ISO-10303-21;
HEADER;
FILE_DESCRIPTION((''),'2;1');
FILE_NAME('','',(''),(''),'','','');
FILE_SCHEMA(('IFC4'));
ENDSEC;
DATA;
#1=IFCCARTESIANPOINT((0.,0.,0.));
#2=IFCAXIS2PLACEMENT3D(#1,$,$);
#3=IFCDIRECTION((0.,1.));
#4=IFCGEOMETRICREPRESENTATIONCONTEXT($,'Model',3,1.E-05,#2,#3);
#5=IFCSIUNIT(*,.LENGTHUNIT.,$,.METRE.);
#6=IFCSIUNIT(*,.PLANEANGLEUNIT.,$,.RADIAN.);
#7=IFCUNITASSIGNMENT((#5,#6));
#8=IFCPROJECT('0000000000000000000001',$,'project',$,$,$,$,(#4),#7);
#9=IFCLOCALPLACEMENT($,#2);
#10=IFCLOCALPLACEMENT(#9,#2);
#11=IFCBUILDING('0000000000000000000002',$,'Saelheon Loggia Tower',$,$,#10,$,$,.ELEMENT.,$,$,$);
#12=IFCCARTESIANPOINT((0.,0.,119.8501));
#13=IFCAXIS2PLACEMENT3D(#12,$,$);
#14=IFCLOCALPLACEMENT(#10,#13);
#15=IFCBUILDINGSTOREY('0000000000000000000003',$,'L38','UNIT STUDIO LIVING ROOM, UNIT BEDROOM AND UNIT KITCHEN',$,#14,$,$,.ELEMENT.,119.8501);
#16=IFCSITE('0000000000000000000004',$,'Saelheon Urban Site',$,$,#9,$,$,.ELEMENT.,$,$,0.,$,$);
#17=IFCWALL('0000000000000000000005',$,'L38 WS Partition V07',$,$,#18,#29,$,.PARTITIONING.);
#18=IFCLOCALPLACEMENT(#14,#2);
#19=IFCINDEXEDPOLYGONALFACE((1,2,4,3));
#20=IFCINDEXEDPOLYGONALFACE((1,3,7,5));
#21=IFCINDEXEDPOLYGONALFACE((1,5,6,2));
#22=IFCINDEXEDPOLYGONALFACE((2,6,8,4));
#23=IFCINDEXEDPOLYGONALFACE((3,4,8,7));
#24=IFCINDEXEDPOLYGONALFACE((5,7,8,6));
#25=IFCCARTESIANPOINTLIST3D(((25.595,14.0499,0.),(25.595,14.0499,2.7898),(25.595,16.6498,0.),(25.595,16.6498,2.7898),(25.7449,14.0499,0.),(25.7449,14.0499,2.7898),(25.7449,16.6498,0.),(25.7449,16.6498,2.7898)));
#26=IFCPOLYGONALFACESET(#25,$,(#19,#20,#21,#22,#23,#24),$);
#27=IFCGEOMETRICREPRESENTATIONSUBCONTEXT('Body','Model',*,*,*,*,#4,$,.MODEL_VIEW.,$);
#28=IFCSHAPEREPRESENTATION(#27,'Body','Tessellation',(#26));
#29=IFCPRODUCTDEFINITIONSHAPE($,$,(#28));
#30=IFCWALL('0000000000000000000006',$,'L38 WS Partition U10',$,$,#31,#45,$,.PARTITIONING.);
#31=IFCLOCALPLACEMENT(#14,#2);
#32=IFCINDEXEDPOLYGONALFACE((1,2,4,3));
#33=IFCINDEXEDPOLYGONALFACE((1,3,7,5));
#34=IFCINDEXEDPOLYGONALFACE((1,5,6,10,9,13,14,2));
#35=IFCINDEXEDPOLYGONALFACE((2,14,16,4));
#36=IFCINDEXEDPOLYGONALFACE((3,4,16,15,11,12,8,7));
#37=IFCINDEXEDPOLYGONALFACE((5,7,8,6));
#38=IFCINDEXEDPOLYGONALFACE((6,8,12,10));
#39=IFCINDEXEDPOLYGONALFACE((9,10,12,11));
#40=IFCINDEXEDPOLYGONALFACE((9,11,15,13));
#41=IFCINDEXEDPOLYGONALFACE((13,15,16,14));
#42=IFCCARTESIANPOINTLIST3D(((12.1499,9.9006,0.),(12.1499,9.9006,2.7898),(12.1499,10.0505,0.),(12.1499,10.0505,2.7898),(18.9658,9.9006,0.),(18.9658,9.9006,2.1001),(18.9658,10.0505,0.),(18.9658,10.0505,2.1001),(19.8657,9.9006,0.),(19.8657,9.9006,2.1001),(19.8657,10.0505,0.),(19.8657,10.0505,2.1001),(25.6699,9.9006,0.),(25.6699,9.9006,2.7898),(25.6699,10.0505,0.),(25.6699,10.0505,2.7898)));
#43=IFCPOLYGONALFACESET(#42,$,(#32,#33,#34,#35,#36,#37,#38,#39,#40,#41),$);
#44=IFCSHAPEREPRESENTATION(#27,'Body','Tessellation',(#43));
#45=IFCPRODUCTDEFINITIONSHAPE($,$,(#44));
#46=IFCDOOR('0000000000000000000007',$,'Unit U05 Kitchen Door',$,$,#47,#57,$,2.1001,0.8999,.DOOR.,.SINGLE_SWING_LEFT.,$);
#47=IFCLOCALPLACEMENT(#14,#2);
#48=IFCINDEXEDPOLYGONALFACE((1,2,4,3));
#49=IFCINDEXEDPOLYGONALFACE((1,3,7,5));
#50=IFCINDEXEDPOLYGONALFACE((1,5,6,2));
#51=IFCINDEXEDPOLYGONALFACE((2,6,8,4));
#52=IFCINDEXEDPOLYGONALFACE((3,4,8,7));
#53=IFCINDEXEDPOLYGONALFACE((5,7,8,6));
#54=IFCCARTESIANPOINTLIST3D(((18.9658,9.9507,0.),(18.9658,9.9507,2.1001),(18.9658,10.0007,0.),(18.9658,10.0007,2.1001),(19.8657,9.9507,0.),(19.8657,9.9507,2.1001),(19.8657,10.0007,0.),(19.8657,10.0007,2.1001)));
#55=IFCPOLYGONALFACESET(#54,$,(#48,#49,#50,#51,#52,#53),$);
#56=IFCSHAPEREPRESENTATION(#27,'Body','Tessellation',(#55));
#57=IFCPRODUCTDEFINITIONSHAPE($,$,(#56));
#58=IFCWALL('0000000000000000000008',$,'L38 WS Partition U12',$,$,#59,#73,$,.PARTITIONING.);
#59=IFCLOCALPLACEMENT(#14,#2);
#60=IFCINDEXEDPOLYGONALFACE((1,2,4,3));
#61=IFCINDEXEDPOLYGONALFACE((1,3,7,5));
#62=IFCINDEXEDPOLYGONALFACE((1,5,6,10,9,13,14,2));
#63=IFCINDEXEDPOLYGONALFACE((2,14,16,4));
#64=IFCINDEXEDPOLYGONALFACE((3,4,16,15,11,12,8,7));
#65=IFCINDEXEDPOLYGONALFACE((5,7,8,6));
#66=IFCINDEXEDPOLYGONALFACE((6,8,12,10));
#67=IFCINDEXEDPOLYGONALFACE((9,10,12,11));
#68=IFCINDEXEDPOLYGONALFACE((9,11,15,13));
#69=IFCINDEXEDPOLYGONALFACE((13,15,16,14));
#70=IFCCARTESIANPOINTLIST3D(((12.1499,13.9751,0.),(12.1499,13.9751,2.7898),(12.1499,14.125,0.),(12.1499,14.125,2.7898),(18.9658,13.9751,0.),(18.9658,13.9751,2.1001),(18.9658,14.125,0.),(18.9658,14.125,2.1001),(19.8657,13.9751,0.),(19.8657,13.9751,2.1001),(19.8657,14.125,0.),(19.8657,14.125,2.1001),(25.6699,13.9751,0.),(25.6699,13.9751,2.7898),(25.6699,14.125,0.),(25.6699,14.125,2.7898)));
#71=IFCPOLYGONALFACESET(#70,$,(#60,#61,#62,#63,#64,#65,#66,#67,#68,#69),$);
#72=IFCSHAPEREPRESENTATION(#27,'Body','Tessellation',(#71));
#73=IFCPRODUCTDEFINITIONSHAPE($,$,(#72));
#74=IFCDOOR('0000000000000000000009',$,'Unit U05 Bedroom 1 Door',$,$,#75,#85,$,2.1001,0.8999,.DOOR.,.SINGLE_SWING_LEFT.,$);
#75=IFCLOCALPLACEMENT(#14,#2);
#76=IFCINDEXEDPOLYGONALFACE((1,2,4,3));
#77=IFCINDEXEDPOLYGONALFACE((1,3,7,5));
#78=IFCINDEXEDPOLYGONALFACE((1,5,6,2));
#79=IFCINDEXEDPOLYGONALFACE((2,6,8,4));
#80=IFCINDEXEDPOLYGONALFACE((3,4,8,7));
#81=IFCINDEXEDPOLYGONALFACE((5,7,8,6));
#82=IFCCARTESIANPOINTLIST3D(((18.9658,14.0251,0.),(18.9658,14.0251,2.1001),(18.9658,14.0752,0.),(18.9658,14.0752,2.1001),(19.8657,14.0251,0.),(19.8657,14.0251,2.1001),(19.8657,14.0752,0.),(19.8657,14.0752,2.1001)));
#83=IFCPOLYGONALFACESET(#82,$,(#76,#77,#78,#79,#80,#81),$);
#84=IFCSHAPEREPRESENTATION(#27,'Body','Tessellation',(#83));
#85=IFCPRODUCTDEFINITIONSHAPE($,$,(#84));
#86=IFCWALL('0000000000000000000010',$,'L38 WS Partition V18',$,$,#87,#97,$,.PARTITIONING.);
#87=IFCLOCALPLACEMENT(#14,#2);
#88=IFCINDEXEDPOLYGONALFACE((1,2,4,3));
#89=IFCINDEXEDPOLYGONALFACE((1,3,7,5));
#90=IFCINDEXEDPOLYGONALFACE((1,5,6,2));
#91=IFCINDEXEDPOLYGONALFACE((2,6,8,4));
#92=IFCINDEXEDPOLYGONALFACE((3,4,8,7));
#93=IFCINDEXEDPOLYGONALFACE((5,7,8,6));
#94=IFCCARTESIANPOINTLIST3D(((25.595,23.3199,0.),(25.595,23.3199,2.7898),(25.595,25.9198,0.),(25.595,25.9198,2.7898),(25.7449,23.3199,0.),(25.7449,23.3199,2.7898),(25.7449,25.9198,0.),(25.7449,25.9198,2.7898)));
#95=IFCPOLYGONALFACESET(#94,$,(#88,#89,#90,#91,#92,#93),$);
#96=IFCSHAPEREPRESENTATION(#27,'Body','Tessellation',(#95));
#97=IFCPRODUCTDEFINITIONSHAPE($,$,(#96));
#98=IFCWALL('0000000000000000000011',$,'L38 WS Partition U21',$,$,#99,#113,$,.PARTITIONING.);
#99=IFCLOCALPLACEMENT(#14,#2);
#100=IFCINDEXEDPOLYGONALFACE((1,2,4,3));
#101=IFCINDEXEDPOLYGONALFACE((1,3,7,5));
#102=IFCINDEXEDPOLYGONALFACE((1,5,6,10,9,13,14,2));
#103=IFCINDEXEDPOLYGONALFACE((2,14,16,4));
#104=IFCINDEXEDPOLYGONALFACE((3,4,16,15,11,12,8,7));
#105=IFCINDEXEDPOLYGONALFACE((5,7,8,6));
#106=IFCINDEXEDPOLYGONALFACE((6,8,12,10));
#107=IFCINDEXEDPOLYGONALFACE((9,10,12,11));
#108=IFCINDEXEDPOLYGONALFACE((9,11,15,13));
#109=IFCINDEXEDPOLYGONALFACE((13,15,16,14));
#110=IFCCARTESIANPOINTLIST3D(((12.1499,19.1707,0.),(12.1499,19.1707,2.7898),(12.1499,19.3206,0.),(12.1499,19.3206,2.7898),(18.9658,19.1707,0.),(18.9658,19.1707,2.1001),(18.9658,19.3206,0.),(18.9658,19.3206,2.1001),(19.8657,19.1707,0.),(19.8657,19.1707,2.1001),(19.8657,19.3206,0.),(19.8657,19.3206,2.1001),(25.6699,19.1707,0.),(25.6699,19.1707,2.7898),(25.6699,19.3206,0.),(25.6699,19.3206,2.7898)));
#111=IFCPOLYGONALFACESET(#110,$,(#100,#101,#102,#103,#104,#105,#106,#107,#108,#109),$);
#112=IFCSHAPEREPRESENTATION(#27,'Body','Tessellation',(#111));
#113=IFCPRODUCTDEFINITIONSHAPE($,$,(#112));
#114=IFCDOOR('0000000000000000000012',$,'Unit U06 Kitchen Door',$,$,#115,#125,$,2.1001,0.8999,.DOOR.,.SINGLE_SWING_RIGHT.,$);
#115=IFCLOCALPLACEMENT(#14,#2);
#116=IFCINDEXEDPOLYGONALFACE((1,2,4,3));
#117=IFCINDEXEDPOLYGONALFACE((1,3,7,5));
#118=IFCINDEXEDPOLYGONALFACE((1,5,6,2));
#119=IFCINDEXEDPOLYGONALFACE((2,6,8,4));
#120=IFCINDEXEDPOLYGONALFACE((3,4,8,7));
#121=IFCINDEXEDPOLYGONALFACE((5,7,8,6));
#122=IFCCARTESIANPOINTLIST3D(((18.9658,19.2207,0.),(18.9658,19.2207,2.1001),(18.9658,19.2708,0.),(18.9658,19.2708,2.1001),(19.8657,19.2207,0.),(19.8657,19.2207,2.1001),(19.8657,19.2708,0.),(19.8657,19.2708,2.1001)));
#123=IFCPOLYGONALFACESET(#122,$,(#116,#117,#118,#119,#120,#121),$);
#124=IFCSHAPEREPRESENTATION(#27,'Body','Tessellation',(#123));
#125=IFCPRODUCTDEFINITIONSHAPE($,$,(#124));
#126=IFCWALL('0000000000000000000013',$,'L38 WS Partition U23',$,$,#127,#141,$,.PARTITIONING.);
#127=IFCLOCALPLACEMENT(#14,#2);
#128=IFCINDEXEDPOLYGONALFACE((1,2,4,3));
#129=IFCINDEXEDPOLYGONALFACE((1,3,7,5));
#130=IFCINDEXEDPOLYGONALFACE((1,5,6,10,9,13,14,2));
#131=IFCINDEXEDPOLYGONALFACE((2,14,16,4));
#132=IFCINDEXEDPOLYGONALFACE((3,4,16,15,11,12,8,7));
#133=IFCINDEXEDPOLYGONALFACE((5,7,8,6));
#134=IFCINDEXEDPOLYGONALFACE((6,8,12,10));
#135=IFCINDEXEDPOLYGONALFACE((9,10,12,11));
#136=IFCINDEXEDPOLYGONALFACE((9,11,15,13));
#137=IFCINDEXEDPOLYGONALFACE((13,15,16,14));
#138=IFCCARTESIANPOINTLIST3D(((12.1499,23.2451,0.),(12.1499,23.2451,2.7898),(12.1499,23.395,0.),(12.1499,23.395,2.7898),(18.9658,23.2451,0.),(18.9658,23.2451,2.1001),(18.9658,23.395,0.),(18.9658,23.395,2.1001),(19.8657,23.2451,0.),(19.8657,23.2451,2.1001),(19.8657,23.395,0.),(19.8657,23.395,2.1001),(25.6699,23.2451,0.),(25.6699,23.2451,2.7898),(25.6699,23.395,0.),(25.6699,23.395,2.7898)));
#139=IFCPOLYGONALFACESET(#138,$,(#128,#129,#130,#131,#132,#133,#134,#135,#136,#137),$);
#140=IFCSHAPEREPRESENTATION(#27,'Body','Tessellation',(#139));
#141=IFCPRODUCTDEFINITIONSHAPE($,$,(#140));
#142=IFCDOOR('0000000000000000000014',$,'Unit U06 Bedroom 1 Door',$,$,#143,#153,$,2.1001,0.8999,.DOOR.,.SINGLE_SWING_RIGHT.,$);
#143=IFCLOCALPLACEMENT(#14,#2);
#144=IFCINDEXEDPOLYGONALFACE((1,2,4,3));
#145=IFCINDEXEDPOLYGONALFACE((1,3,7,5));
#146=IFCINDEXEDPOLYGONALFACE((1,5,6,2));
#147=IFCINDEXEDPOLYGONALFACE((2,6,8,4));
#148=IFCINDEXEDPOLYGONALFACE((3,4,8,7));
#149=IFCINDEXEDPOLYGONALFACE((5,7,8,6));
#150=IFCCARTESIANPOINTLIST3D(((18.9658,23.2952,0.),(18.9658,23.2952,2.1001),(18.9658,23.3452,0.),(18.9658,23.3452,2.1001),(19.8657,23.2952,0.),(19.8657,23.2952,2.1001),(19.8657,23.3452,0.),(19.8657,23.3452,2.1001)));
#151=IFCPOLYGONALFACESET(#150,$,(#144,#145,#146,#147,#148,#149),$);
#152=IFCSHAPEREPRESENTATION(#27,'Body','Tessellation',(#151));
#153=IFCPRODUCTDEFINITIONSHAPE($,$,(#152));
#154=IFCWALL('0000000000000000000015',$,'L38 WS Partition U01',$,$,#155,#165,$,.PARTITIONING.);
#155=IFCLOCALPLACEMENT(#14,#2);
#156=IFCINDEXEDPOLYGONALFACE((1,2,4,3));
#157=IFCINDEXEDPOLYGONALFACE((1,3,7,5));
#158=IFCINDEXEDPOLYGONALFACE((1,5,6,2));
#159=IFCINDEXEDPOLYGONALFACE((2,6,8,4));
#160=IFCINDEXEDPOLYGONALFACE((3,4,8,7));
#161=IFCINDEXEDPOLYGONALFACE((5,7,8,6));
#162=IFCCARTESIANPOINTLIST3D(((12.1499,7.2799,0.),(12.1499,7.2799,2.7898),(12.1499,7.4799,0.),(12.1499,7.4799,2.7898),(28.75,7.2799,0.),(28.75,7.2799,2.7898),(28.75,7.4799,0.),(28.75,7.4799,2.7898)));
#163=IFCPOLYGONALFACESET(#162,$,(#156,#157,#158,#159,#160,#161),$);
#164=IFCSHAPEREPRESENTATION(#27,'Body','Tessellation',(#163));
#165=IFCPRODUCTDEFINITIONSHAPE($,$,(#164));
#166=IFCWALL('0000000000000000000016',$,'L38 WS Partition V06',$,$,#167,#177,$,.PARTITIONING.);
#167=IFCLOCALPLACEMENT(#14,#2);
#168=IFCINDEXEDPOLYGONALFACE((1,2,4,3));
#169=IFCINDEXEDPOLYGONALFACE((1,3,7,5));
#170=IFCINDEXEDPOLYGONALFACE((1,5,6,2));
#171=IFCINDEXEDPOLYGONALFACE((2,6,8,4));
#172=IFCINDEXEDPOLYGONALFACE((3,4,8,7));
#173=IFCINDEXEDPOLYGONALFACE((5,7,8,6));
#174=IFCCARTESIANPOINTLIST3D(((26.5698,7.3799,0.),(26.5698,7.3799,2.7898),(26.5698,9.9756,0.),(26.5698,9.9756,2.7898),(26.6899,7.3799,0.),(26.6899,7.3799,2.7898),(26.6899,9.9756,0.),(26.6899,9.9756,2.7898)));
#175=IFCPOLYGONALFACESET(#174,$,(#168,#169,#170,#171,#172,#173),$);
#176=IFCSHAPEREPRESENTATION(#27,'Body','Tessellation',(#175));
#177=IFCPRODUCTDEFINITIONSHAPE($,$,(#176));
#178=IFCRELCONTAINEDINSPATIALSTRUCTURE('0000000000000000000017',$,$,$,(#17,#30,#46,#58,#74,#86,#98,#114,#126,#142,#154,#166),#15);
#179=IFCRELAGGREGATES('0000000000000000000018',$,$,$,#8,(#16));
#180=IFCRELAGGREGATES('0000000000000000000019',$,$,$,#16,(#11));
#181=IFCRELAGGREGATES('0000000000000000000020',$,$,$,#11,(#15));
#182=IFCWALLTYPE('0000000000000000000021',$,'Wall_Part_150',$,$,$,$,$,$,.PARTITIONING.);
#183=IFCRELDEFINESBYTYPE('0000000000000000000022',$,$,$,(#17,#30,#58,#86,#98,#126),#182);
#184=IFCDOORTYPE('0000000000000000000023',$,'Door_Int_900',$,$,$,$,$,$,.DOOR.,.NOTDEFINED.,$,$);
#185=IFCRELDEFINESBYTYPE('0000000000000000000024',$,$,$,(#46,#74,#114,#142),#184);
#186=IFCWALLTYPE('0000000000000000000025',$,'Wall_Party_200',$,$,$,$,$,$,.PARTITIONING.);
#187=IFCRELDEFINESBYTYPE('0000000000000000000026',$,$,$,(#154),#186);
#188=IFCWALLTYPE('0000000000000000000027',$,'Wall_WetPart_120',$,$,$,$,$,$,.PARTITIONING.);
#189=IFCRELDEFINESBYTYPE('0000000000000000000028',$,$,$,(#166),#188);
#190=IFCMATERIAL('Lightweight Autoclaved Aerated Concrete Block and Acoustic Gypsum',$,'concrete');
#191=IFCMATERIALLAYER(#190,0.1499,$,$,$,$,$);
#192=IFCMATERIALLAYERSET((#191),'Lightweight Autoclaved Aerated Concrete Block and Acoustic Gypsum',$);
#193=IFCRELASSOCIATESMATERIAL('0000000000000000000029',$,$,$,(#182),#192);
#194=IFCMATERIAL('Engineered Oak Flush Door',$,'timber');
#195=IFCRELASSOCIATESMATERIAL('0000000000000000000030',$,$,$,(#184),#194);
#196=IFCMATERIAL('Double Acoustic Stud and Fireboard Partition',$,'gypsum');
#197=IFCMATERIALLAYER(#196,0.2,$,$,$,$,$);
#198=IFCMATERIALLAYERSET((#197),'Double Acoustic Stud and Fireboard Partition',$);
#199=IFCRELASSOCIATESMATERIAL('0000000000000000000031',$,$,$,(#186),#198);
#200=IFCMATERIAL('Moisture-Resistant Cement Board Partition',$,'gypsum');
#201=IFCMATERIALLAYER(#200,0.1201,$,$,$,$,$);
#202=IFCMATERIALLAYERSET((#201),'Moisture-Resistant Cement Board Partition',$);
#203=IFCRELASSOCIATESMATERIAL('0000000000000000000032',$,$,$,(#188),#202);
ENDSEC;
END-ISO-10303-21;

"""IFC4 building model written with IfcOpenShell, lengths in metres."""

from ifc_helpers import new_model, si_unit, direction, frame, frame_2d, origin, place, context, subcontext, project, spatial, rectangle, extrude, source, transform, mapped, material, layer, layer_set, type_object, element, fill, save


model = new_model("IFC4")

# Units and contexts
model_context = context("Model", 3, precision=1e-05, world=origin(), true_north=direction((0.0, 1.0)))
body_context = subcontext(model_context, "Body", "Model", "MODEL_VIEW")
ifc_project = project(units=[si_unit("LENGTHUNIT", "METRE"), si_unit("PLANEANGLEUNIT", "RADIAN")], contexts=[model_context])

# Site, building, storey
site_placement = place(None, origin())
site = spatial("IfcSite", under=ifc_project, at=site_placement, Name="Saelheon Urban Site", CompositionType="ELEMENT", RefElevation=0.0)
building_placement = place(site_placement, origin())
building = spatial("IfcBuilding", under=site, at=building_placement, Name="Saelheon Loggia Tower", CompositionType="ELEMENT")
storey_placement = place(building_placement, frame((0.0, 0.0, 119.8501)))
storey = spatial("IfcBuildingStorey", under=building, at=storey_placement, Name="L38", Description="UNIT STUDIO LIVING ROOM, UNIT BEDROOM AND UNIT KITCHEN", CompositionType="ELEMENT", Elevation=119.8501)

# Wall
ifc_material_1 = material(Name="Lightweight Autoclaved Aerated Concrete Block and Acoustic Gypsum", Category="concrete")
ifc_layer_1 = layer(ifc_material_1, 0.1499)
ifc_layer_set_1 = layer_set([ifc_layer_1], Name="Lightweight Autoclaved Aerated Concrete Block and Acoustic Gypsum")
wall_type_1 = type_object("IfcWallType", Name="Wall_Part_150", PredefinedType="PARTITIONING", material=ifc_layer_set_1)
wall_1_placement = place(storey_placement, frame((25.6699, 14.05, 0.0), z_axis=(0.0, 0.0, 1.0), x_axis=(0.0, 1.0, 0.0)))
element("IfcWall", 1, at=wall_1_placement, inside=storey, type_object=wall_type_1, Name="L38 WS Partition V07", PredefinedType="PARTITIONING", context=body_context, shape_type="SweptSolid", body=[
    extrude(rectangle(XDim=2.5999, YDim=0.1499, at=frame_2d((1.2998, 0.0))), origin(), (0.0, 0.0, 1.0), 2.7898),
])

# Walls, openings, doors
wall_2_placement = place(storey_placement, frame((25.6699, 9.9756, 0.0), z_axis=(0.0, 0.0, 1.0), x_axis=(-1.0, 0.0, 0.0)))
wall_2 = element("IfcWall", 2, at=wall_2_placement, inside=storey, type_object=wall_type_1, Name="L38 WS Partition U10", PredefinedType="PARTITIONING", context=body_context, shape_type="SweptSolid", body=[
    extrude(rectangle(XDim=13.52, YDim=0.1499, at=frame_2d((6.76, 0.0))), origin(), (0.0, 0.0, 1.0), 2.7898),
])
opening_1_placement = place(wall_2_placement, frame((5.8042, 0.0, 0.0)))
opening_1 = element("IfcOpeningElement", 3, at=opening_1_placement, cuts=wall_2, PredefinedType="OPENING", context=body_context, shape_type="SweptSolid", body=[
    extrude(rectangle(XDim=0.8999, YDim=2.1001, at=frame_2d((0.45, 1.05))), frame((0.0, 0.0869, 0.0), z_axis=(0.0, -1.0, 0.0), x_axis=(1.0, 0.0, 0.0)), (0.0, 0.0, 1.0), 0.1738),
])
ifc_material_2 = material(Name="Engineered Oak Flush Door", Category="timber")
door_type_1 = type_object("IfcDoorType", Name="Door_Int_900", OperationType="NOTDEFINED", PredefinedType="DOOR", material=ifc_material_2)
shared_shape_1 = source(origin(), body_context, "Body", "SweptSolid", [
    extrude(rectangle(XDim=0.8999, YDim=2.1001, at=frame_2d((0.45, 1.05))), frame((0.0, 0.0249, 0.0), z_axis=(0.0, -1.0, 0.0), x_axis=(1.0, 0.0, 0.0)), (0.0, 0.0, 1.0), 0.05),
])
door_1_placement = place(opening_1_placement, origin())
door_1 = element("IfcDoor", 4, at=door_1_placement, inside=storey, type_object=door_type_1, Name="Unit U05 Kitchen Door", OperationType="SINGLE_SWING_LEFT", OverallHeight=2.1001, OverallWidth=0.8999, PredefinedType="DOOR", context=body_context, shape_type="MappedRepresentation", body=[
    mapped(shared_shape_1, transform((0.0, 0.0, 0.0), scale=1.0)),
])
fill(opening_1, door_1)
wall_3_placement = place(storey_placement, frame((25.6699, 14.05, 0.0), z_axis=(0.0, 0.0, 1.0), x_axis=(-1.0, 0.0, 0.0)))
wall_3 = element("IfcWall", 5, at=wall_3_placement, inside=storey, type_object=wall_type_1, Name="L38 WS Partition U12", PredefinedType="PARTITIONING", context=body_context, shape_type="SweptSolid", body=[
    extrude(rectangle(XDim=13.52, YDim=0.1499, at=frame_2d((6.76, 0.0))), origin(), (0.0, 0.0, 1.0), 2.7898),
])
opening_2_placement = place(wall_3_placement, frame((5.8042, 0.0, 0.0)))
opening_2 = element("IfcOpeningElement", 6, at=opening_2_placement, cuts=wall_3, PredefinedType="OPENING", context=body_context, shape_type="SweptSolid", body=[
    extrude(rectangle(XDim=0.8999, YDim=2.1001, at=frame_2d((0.45, 1.05))), frame((0.0, 0.0869, 0.0), z_axis=(0.0, -1.0, 0.0), x_axis=(1.0, 0.0, 0.0)), (0.0, 0.0, 1.0), 0.1738),
])
door_2_placement = place(opening_2_placement, origin())
door_2 = element("IfcDoor", 7, at=door_2_placement, inside=storey, type_object=door_type_1, Name="Unit U05 Bedroom 1 Door", OperationType="SINGLE_SWING_LEFT", OverallHeight=2.1001, OverallWidth=0.8999, PredefinedType="DOOR", context=body_context, shape_type="MappedRepresentation", body=[
    mapped(shared_shape_1, transform((0.0, 0.0, 0.0), scale=1.0)),
])
fill(opening_2, door_2)

# Wall
wall_4_placement = place(storey_placement, frame((25.6699, 23.3201, 0.0), z_axis=(0.0, 0.0, 1.0), x_axis=(0.0, 1.0, 0.0)))
element("IfcWall", 8, at=wall_4_placement, inside=storey, type_object=wall_type_1, Name="L38 WS Partition V18", PredefinedType="PARTITIONING", context=body_context, shape_type="SweptSolid", body=[
    extrude(rectangle(XDim=2.5999, YDim=0.1499, at=frame_2d((1.2998, 0.0))), origin(), (0.0, 0.0, 1.0), 2.7898),
])

# Walls, openings, doors
wall_5_placement = place(storey_placement, frame((25.6699, 19.2456, 0.0), z_axis=(0.0, 0.0, 1.0), x_axis=(-1.0, 0.0, 0.0)))
wall_5 = element("IfcWall", 9, at=wall_5_placement, inside=storey, type_object=wall_type_1, Name="L38 WS Partition U21", PredefinedType="PARTITIONING", context=body_context, shape_type="SweptSolid", body=[
    extrude(rectangle(XDim=13.52, YDim=0.1499, at=frame_2d((6.76, 0.0))), origin(), (0.0, 0.0, 1.0), 2.7898),
])
opening_3_placement = place(wall_5_placement, frame((5.8042, 0.0, 0.0)))
opening_3 = element("IfcOpeningElement", 10, at=opening_3_placement, cuts=wall_5, PredefinedType="OPENING", context=body_context, shape_type="SweptSolid", body=[
    extrude(rectangle(XDim=0.8999, YDim=2.1001, at=frame_2d((0.45, 1.05))), frame((0.0, 0.0869, 0.0), z_axis=(0.0, -1.0, 0.0), x_axis=(1.0, 0.0, 0.0)), (0.0, 0.0, 1.0), 0.1738),
])
door_3_placement = place(opening_3_placement, origin())
door_3 = element("IfcDoor", 11, at=door_3_placement, inside=storey, type_object=door_type_1, Name="Unit U06 Kitchen Door", OperationType="SINGLE_SWING_RIGHT", OverallHeight=2.1001, OverallWidth=0.8999, PredefinedType="DOOR", context=body_context, shape_type="MappedRepresentation", body=[
    mapped(shared_shape_1, transform((0.0, 0.0, 0.0), scale=1.0)),
])
fill(opening_3, door_3)
wall_6_placement = place(storey_placement, frame((25.6699, 23.3201, 0.0), z_axis=(0.0, 0.0, 1.0), x_axis=(-1.0, 0.0, 0.0)))
wall_6 = element("IfcWall", 12, at=wall_6_placement, inside=storey, type_object=wall_type_1, Name="L38 WS Partition U23", PredefinedType="PARTITIONING", context=body_context, shape_type="SweptSolid", body=[
    extrude(rectangle(XDim=13.52, YDim=0.1499, at=frame_2d((6.76, 0.0))), origin(), (0.0, 0.0, 1.0), 2.7898),
])
opening_4_placement = place(wall_6_placement, frame((5.8042, 0.0, 0.0)))
opening_4 = element("IfcOpeningElement", 13, at=opening_4_placement, cuts=wall_6, PredefinedType="OPENING", context=body_context, shape_type="SweptSolid", body=[
    extrude(rectangle(XDim=0.8999, YDim=2.1001, at=frame_2d((0.45, 1.05))), frame((0.0, 0.0869, 0.0), z_axis=(0.0, -1.0, 0.0), x_axis=(1.0, 0.0, 0.0)), (0.0, 0.0, 1.0), 0.1738),
])
door_4_placement = place(opening_4_placement, origin())
door_4 = element("IfcDoor", 14, at=door_4_placement, inside=storey, type_object=door_type_1, Name="Unit U06 Bedroom 1 Door", OperationType="SINGLE_SWING_RIGHT", OverallHeight=2.1001, OverallWidth=0.8999, PredefinedType="DOOR", context=body_context, shape_type="MappedRepresentation", body=[
    mapped(shared_shape_1, transform((0.0, 0.0, 0.0), scale=1.0)),
])
fill(opening_4, door_4)

# Walls
ifc_material_3 = material(Name="Double Acoustic Stud and Fireboard Partition", Category="gypsum")
ifc_layer_2 = layer(ifc_material_3, 0.2)
ifc_layer_set_2 = layer_set([ifc_layer_2], Name="Double Acoustic Stud and Fireboard Partition")
wall_type_2 = type_object("IfcWallType", Name="Wall_Party_200", PredefinedType="PARTITIONING", material=ifc_layer_set_2)
wall_7_placement = place(storey_placement, frame((28.75, 7.3799, 0.0), z_axis=(0.0, 0.0, 1.0), x_axis=(-1.0, 0.0, 0.0)))
element("IfcWall", 15, at=wall_7_placement, inside=storey, type_object=wall_type_2, Name="L38 WS Partition U01", PredefinedType="PARTITIONING", context=body_context, shape_type="SweptSolid", body=[
    extrude(rectangle(XDim=16.6001, YDim=0.2, at=frame_2d((8.3, 0.0))), origin(), (0.0, 0.0, 1.0), 2.7898),
])
ifc_material_4 = material(Name="Moisture-Resistant Cement Board Partition", Category="gypsum")
ifc_layer_3 = layer(ifc_material_4, 0.1201)
ifc_layer_set_3 = layer_set([ifc_layer_3], Name="Moisture-Resistant Cement Board Partition")
wall_type_3 = type_object("IfcWallType", Name="Wall_WetPart_120", PredefinedType="PARTITIONING", material=ifc_layer_set_3)
wall_8_placement = place(storey_placement, frame((26.6299, 7.3799, 0.0), z_axis=(0.0, 0.0, 1.0), x_axis=(0.0, 1.0, 0.0)))
element("IfcWall", 16, at=wall_8_placement, inside=storey, type_object=wall_type_3, Name="L38 WS Partition V06", PredefinedType="PARTITIONING", context=body_context, shape_type="SweptSolid", body=[
    extrude(rectangle(XDim=2.5957, YDim=0.1201, at=frame_2d((1.2979, 0.0))), origin(), (0.0, 0.0, 1.0), 2.7898),
])

save(model, "model.ifc")
